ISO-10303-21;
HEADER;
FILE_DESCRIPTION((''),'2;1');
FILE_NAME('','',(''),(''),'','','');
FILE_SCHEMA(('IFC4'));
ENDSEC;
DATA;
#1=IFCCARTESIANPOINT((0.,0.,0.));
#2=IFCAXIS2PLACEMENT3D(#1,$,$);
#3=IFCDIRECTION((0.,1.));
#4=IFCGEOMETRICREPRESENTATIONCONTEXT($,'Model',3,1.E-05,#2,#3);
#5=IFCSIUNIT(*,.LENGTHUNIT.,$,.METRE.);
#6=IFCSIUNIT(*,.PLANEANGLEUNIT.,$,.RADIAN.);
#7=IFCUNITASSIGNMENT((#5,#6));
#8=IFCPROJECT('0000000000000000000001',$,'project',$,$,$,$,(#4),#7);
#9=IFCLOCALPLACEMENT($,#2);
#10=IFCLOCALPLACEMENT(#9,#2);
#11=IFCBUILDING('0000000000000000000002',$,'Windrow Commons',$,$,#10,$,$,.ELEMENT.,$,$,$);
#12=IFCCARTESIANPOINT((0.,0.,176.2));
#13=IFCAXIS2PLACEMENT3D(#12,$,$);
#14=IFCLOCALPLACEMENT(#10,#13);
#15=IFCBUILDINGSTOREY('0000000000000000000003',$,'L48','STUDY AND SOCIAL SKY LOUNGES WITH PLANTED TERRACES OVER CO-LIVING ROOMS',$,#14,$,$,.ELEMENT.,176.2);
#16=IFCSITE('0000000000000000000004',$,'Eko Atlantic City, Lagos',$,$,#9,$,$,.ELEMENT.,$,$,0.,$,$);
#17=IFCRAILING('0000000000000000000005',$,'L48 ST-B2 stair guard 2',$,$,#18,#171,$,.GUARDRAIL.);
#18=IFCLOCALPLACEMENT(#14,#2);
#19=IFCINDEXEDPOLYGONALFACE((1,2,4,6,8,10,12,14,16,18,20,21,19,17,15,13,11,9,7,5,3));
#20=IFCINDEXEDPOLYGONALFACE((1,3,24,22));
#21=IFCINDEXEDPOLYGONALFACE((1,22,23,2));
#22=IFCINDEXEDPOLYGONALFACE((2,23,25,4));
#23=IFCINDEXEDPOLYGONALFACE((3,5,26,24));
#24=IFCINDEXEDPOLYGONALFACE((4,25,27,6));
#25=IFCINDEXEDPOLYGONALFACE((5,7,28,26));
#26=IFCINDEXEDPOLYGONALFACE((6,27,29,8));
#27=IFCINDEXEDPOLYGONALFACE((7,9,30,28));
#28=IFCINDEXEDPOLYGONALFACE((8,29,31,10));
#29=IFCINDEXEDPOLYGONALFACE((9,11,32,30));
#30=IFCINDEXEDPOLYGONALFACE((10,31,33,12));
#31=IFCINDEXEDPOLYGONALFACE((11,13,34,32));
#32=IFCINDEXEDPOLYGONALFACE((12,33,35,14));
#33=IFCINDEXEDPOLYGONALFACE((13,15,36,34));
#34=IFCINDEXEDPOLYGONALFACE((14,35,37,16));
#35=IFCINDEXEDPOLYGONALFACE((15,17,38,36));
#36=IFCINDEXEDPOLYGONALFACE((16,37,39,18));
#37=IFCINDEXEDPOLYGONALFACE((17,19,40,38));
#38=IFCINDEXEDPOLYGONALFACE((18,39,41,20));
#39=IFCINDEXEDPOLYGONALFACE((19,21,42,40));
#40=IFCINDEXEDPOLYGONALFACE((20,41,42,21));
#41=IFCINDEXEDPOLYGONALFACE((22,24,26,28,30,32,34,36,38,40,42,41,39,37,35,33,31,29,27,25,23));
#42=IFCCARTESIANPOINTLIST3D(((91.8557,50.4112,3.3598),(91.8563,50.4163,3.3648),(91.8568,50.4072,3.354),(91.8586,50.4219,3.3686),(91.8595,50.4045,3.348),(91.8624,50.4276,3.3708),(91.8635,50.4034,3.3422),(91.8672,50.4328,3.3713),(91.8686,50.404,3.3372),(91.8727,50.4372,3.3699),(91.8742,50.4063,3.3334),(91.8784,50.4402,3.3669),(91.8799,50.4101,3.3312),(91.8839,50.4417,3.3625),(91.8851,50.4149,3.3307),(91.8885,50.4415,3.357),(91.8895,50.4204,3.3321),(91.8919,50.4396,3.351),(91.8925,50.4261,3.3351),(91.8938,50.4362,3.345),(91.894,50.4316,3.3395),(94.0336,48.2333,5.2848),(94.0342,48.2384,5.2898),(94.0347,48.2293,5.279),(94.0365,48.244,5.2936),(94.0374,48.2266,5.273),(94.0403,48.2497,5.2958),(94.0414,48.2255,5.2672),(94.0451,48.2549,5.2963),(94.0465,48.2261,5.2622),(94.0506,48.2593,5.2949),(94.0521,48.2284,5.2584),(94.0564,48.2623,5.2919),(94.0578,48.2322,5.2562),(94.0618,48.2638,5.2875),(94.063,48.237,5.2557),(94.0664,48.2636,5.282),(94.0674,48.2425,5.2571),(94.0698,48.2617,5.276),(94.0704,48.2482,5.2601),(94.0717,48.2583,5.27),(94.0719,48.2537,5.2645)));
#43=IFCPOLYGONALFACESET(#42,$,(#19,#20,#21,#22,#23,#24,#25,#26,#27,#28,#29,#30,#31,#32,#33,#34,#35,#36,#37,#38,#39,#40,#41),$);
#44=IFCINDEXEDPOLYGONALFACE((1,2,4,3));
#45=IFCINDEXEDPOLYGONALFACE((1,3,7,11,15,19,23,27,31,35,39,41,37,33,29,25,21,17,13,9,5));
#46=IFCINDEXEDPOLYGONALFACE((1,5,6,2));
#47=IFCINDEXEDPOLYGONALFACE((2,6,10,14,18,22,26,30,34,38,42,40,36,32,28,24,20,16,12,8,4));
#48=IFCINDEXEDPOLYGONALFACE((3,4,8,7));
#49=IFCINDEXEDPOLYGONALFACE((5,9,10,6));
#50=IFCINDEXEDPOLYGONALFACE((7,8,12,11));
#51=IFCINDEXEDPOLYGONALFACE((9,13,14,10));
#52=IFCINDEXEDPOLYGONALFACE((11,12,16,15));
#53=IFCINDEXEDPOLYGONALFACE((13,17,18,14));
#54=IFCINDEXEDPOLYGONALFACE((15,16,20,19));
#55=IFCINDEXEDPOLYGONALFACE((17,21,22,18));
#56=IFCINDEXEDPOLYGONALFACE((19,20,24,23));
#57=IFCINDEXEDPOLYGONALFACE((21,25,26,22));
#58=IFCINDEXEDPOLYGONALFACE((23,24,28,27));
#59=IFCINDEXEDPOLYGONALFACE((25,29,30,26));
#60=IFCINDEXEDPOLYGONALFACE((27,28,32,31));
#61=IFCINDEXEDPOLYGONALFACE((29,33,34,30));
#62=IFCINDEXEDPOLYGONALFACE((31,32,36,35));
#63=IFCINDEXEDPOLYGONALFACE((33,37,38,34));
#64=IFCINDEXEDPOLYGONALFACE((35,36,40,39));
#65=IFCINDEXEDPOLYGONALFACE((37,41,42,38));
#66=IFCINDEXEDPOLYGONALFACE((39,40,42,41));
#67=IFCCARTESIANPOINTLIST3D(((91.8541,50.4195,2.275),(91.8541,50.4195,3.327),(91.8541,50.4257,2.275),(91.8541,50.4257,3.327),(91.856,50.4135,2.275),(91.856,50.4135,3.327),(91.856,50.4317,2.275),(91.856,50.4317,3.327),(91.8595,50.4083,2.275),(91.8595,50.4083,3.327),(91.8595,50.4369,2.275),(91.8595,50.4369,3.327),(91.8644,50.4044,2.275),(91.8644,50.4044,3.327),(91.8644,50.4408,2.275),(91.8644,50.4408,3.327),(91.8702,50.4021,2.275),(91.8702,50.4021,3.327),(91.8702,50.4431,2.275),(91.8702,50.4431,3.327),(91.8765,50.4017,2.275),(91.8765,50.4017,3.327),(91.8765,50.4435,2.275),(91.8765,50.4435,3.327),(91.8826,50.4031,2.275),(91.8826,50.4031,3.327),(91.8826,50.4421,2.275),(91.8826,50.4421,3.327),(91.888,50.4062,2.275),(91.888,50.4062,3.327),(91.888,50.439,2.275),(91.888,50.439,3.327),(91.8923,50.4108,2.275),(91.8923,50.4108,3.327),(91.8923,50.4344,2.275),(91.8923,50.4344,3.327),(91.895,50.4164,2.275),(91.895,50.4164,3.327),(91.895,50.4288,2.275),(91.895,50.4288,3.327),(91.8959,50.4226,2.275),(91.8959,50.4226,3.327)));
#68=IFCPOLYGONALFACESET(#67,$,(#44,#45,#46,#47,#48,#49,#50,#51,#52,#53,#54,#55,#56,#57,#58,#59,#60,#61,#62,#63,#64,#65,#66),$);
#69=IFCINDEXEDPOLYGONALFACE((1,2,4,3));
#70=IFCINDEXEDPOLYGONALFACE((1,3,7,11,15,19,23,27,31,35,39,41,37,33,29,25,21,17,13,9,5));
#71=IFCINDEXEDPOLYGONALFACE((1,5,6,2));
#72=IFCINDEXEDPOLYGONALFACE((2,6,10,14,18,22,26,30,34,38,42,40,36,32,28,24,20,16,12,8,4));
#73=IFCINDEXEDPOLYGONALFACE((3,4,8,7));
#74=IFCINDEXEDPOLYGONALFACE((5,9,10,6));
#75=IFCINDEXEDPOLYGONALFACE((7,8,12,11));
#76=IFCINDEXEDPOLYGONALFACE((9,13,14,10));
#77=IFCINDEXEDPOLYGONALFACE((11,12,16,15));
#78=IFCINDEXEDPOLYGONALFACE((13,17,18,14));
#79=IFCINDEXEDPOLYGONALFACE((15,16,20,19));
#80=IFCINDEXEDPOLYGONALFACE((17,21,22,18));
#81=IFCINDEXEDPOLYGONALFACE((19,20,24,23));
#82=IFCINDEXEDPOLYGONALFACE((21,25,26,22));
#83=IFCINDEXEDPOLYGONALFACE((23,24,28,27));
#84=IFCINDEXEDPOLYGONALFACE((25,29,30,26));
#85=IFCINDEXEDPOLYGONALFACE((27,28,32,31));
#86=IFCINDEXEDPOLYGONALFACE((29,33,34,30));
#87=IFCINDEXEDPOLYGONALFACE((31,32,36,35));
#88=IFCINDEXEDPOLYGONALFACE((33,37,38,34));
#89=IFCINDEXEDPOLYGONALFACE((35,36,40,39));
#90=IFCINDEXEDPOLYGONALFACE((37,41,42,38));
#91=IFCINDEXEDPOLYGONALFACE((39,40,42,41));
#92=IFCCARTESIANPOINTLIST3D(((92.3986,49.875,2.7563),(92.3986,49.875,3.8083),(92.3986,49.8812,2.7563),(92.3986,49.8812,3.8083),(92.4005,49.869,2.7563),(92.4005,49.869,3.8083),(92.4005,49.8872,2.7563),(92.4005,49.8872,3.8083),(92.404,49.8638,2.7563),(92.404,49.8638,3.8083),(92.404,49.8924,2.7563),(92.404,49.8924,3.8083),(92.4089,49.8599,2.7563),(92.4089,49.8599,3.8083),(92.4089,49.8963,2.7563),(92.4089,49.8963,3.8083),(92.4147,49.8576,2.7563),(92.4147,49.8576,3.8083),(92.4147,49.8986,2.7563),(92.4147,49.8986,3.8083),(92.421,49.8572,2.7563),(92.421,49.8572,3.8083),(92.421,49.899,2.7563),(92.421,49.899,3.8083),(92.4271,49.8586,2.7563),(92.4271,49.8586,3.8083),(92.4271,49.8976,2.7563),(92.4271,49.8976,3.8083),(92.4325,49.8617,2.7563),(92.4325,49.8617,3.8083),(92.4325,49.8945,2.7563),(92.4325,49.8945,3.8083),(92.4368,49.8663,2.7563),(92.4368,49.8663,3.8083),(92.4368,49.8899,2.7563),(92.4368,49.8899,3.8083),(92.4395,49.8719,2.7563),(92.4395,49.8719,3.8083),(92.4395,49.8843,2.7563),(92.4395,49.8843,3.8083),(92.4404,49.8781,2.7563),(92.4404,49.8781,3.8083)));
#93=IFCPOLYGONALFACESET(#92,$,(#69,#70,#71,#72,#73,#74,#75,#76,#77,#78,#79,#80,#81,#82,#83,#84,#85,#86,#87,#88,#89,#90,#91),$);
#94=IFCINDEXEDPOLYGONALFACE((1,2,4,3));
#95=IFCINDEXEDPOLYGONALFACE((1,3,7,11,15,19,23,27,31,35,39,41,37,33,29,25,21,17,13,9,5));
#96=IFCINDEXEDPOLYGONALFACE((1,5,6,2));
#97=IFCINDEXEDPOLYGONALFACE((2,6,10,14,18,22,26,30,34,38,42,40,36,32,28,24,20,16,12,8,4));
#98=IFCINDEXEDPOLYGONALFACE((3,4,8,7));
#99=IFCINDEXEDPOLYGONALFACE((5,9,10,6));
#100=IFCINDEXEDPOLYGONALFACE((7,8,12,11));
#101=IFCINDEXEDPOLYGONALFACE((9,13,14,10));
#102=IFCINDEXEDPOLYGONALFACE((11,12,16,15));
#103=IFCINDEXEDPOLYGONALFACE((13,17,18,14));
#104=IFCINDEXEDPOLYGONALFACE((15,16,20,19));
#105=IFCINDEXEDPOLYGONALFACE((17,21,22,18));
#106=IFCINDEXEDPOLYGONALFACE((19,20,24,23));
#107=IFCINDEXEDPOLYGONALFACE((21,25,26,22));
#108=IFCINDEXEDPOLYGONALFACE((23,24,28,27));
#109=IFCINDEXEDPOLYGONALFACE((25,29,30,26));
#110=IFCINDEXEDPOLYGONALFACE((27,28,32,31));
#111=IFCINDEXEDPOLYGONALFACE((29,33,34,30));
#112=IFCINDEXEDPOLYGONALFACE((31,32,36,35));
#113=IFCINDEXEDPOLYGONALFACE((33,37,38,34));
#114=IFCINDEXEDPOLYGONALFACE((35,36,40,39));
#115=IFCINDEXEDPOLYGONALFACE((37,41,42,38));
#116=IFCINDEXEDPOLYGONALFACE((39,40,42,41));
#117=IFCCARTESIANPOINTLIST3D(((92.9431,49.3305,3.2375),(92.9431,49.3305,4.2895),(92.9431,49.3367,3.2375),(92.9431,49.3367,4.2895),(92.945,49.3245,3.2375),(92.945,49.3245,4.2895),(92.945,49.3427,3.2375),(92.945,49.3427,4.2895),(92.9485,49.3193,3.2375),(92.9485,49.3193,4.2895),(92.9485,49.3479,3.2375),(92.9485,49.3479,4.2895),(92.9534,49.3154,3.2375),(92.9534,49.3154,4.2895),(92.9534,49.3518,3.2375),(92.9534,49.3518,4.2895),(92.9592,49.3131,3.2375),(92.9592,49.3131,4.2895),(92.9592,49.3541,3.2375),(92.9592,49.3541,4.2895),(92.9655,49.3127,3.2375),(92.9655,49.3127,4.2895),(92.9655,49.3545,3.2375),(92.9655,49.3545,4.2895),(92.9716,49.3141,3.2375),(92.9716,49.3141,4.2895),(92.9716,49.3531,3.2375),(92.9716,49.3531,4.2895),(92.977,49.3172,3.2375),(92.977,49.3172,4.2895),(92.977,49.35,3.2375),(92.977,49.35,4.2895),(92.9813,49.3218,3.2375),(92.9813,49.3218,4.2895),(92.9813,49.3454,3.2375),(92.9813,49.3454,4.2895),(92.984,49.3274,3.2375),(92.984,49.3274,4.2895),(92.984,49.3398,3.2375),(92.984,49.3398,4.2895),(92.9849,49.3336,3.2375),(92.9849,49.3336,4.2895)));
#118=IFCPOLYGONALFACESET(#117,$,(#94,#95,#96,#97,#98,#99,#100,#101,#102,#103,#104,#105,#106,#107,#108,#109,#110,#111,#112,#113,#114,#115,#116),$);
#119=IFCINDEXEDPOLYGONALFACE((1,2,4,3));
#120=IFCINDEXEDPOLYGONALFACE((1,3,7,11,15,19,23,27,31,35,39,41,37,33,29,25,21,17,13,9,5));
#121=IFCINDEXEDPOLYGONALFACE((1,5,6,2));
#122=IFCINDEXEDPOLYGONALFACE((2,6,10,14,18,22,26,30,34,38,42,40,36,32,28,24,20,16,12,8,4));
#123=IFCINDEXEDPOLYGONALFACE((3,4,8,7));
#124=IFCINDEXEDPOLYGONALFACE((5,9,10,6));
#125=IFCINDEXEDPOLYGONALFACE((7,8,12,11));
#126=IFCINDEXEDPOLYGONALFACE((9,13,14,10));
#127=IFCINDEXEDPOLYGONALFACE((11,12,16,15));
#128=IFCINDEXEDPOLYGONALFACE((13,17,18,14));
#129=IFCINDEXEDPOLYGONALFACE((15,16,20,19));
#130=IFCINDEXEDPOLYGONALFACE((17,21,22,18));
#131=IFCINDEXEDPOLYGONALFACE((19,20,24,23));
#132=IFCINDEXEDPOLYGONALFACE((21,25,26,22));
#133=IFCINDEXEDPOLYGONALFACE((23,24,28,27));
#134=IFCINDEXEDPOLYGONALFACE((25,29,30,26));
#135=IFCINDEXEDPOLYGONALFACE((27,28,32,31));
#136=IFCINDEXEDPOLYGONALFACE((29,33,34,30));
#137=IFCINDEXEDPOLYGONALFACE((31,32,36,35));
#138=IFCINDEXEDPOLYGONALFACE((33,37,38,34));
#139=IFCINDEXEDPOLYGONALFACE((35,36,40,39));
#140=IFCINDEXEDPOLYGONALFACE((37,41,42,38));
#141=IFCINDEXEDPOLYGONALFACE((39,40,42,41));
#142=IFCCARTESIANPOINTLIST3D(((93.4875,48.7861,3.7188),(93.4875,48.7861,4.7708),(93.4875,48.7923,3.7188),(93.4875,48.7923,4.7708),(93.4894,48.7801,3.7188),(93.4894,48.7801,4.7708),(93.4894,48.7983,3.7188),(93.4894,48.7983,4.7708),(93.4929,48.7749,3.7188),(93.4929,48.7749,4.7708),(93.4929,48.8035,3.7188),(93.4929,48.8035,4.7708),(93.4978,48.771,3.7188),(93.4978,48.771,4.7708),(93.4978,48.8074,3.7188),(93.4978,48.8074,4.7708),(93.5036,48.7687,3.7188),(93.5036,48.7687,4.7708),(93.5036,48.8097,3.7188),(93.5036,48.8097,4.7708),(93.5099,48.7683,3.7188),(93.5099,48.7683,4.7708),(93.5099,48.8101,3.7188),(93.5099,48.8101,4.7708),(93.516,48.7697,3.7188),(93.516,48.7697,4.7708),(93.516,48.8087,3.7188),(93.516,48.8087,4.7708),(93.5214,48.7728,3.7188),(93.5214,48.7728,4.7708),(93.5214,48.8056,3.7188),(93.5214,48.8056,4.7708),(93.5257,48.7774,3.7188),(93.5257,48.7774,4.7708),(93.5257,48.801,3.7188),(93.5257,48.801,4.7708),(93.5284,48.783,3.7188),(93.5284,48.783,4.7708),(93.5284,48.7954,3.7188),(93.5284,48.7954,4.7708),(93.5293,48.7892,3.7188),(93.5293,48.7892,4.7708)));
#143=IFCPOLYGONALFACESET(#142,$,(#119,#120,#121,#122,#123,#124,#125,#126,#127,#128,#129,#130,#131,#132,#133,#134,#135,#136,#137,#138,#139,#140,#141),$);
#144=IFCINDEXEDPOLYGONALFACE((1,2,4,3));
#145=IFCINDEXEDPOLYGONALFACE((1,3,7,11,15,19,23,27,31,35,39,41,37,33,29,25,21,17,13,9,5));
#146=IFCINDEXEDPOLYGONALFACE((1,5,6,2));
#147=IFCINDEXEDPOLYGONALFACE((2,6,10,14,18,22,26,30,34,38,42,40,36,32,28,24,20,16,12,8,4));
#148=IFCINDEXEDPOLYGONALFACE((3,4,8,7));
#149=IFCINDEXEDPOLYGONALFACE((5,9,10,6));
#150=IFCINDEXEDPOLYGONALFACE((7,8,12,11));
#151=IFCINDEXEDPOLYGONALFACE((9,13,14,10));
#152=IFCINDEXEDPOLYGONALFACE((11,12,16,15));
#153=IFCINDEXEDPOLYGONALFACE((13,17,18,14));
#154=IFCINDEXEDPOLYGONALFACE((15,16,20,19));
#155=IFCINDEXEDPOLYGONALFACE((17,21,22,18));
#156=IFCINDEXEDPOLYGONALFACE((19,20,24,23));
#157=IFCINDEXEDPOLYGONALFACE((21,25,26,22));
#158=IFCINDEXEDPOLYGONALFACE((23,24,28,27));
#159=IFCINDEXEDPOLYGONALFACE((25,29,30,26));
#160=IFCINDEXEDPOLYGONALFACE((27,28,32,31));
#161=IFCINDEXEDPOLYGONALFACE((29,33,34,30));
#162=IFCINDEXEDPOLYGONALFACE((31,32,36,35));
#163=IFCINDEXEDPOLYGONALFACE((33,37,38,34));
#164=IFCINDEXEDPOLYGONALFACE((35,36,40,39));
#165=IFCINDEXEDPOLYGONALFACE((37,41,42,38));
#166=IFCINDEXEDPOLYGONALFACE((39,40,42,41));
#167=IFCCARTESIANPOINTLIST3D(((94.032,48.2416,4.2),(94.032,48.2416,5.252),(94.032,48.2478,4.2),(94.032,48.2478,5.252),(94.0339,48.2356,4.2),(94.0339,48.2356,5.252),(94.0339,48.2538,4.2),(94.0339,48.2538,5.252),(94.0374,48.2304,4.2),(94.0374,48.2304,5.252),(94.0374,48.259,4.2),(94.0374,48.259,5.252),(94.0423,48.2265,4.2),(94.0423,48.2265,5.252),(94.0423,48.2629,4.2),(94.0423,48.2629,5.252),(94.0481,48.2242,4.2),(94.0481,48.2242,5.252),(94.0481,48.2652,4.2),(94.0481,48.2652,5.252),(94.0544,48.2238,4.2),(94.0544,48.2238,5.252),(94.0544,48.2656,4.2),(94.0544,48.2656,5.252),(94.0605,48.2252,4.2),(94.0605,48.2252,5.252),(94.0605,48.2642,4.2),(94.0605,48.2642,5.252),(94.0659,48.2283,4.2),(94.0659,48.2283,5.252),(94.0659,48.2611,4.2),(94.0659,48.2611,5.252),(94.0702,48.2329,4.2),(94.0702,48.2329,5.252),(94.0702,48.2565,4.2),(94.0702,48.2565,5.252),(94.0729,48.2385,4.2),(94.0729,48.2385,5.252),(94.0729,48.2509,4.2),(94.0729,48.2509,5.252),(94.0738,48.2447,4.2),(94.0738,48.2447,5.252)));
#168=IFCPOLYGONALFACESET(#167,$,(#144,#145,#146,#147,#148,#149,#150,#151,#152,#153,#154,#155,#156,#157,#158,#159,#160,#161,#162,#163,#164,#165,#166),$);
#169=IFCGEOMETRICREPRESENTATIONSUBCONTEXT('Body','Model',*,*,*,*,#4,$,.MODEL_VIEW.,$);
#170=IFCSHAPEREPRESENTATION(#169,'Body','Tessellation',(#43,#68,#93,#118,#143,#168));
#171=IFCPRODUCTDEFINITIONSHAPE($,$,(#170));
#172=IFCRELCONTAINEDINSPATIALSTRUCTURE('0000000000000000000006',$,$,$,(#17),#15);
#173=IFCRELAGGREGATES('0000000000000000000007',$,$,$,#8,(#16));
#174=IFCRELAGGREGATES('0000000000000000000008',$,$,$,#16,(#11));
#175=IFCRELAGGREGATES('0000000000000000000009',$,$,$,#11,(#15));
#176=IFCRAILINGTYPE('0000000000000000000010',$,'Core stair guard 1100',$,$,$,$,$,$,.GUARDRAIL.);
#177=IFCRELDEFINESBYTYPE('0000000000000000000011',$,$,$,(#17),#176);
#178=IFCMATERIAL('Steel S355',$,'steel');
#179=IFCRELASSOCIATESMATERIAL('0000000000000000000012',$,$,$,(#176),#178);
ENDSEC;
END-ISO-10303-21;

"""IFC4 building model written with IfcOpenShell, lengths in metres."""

from ifc_helpers import new_model, si_unit, direction, frame, origin, origin_2d, place, context, subcontext, project, spatial, circle, extrude, material, type_object, element, save


model = new_model("IFC4")

# Units and contexts
model_context = context("Model", 3, precision=1e-05, world=origin(), true_north=direction((0.0, 1.0)))
body_context = subcontext(model_context, "Body", "Model", "MODEL_VIEW")
ifc_project = project(units=[si_unit("LENGTHUNIT", "METRE"), si_unit("PLANEANGLEUNIT", "RADIAN")], contexts=[model_context])

# Site, building, storey
site_placement = place(None, origin())
site = spatial("IfcSite", under=ifc_project, at=site_placement, Name="Eko Atlantic City, Lagos", CompositionType="ELEMENT", RefElevation=0.0)
building_placement = place(site_placement, origin())
building = spatial("IfcBuilding", under=site, at=building_placement, Name="Windrow Commons", CompositionType="ELEMENT")
storey_placement = place(building_placement, frame((0.0, 0.0, 176.2)))
storey = spatial("IfcBuildingStorey", under=building, at=storey_placement, Name="L48", Description="STUDY AND SOCIAL SKY LOUNGES WITH PLANTED TERRACES OVER CO-LIVING ROOMS", CompositionType="ELEMENT", Elevation=176.2)

# Railing
ifc_material_1 = material(Name="Steel S355", Category="steel")
railing_type_1 = type_object("IfcRailingType", Name="Core stair guard 1100", PredefinedType="GUARDRAIL", material=ifc_material_1)
railing_1_placement = place(storey_placement, frame((91.8749, 50.4226, 2.275)))
element("IfcRailing", 1, at=railing_1_placement, inside=storey, type_object=railing_type_1, Name="L48 ST-B2 stair guard 2", PredefinedType="GUARDRAIL", context=body_context, shape_type="SweptSolid", body=[
    extrude(circle(Radius=0.024, at=origin_2d()), frame((0.0, 0.0, 1.076), z_axis=(0.599626, -0.599626, 0.529997), x_axis=(0.707107, 0.707107, 0.0)), (0.0, 0.0, 1.0), 3.6321),
    extrude(circle(Radius=0.021, at=origin_2d()), origin(), (0.0, 0.0, 1.0), 1.052),
    extrude(circle(Radius=0.021, at=origin_2d()), frame((0.5445, -0.5445, 0.4813)), (0.0, 0.0, 1.0), 1.052),
    extrude(circle(Radius=0.021, at=origin_2d()), frame((1.089, -1.089, 0.9625)), (0.0, 0.0, 1.0), 1.052),
    extrude(circle(Radius=0.021, at=origin_2d()), frame((1.6334, -1.6334, 1.4438)), (0.0, 0.0, 1.0), 1.052),
    extrude(circle(Radius=0.021, at=origin_2d()), frame((2.1779, -2.1779, 1.925)), (0.0, 0.0, 1.0), 1.052),
])

save(model, "model.ifc")
